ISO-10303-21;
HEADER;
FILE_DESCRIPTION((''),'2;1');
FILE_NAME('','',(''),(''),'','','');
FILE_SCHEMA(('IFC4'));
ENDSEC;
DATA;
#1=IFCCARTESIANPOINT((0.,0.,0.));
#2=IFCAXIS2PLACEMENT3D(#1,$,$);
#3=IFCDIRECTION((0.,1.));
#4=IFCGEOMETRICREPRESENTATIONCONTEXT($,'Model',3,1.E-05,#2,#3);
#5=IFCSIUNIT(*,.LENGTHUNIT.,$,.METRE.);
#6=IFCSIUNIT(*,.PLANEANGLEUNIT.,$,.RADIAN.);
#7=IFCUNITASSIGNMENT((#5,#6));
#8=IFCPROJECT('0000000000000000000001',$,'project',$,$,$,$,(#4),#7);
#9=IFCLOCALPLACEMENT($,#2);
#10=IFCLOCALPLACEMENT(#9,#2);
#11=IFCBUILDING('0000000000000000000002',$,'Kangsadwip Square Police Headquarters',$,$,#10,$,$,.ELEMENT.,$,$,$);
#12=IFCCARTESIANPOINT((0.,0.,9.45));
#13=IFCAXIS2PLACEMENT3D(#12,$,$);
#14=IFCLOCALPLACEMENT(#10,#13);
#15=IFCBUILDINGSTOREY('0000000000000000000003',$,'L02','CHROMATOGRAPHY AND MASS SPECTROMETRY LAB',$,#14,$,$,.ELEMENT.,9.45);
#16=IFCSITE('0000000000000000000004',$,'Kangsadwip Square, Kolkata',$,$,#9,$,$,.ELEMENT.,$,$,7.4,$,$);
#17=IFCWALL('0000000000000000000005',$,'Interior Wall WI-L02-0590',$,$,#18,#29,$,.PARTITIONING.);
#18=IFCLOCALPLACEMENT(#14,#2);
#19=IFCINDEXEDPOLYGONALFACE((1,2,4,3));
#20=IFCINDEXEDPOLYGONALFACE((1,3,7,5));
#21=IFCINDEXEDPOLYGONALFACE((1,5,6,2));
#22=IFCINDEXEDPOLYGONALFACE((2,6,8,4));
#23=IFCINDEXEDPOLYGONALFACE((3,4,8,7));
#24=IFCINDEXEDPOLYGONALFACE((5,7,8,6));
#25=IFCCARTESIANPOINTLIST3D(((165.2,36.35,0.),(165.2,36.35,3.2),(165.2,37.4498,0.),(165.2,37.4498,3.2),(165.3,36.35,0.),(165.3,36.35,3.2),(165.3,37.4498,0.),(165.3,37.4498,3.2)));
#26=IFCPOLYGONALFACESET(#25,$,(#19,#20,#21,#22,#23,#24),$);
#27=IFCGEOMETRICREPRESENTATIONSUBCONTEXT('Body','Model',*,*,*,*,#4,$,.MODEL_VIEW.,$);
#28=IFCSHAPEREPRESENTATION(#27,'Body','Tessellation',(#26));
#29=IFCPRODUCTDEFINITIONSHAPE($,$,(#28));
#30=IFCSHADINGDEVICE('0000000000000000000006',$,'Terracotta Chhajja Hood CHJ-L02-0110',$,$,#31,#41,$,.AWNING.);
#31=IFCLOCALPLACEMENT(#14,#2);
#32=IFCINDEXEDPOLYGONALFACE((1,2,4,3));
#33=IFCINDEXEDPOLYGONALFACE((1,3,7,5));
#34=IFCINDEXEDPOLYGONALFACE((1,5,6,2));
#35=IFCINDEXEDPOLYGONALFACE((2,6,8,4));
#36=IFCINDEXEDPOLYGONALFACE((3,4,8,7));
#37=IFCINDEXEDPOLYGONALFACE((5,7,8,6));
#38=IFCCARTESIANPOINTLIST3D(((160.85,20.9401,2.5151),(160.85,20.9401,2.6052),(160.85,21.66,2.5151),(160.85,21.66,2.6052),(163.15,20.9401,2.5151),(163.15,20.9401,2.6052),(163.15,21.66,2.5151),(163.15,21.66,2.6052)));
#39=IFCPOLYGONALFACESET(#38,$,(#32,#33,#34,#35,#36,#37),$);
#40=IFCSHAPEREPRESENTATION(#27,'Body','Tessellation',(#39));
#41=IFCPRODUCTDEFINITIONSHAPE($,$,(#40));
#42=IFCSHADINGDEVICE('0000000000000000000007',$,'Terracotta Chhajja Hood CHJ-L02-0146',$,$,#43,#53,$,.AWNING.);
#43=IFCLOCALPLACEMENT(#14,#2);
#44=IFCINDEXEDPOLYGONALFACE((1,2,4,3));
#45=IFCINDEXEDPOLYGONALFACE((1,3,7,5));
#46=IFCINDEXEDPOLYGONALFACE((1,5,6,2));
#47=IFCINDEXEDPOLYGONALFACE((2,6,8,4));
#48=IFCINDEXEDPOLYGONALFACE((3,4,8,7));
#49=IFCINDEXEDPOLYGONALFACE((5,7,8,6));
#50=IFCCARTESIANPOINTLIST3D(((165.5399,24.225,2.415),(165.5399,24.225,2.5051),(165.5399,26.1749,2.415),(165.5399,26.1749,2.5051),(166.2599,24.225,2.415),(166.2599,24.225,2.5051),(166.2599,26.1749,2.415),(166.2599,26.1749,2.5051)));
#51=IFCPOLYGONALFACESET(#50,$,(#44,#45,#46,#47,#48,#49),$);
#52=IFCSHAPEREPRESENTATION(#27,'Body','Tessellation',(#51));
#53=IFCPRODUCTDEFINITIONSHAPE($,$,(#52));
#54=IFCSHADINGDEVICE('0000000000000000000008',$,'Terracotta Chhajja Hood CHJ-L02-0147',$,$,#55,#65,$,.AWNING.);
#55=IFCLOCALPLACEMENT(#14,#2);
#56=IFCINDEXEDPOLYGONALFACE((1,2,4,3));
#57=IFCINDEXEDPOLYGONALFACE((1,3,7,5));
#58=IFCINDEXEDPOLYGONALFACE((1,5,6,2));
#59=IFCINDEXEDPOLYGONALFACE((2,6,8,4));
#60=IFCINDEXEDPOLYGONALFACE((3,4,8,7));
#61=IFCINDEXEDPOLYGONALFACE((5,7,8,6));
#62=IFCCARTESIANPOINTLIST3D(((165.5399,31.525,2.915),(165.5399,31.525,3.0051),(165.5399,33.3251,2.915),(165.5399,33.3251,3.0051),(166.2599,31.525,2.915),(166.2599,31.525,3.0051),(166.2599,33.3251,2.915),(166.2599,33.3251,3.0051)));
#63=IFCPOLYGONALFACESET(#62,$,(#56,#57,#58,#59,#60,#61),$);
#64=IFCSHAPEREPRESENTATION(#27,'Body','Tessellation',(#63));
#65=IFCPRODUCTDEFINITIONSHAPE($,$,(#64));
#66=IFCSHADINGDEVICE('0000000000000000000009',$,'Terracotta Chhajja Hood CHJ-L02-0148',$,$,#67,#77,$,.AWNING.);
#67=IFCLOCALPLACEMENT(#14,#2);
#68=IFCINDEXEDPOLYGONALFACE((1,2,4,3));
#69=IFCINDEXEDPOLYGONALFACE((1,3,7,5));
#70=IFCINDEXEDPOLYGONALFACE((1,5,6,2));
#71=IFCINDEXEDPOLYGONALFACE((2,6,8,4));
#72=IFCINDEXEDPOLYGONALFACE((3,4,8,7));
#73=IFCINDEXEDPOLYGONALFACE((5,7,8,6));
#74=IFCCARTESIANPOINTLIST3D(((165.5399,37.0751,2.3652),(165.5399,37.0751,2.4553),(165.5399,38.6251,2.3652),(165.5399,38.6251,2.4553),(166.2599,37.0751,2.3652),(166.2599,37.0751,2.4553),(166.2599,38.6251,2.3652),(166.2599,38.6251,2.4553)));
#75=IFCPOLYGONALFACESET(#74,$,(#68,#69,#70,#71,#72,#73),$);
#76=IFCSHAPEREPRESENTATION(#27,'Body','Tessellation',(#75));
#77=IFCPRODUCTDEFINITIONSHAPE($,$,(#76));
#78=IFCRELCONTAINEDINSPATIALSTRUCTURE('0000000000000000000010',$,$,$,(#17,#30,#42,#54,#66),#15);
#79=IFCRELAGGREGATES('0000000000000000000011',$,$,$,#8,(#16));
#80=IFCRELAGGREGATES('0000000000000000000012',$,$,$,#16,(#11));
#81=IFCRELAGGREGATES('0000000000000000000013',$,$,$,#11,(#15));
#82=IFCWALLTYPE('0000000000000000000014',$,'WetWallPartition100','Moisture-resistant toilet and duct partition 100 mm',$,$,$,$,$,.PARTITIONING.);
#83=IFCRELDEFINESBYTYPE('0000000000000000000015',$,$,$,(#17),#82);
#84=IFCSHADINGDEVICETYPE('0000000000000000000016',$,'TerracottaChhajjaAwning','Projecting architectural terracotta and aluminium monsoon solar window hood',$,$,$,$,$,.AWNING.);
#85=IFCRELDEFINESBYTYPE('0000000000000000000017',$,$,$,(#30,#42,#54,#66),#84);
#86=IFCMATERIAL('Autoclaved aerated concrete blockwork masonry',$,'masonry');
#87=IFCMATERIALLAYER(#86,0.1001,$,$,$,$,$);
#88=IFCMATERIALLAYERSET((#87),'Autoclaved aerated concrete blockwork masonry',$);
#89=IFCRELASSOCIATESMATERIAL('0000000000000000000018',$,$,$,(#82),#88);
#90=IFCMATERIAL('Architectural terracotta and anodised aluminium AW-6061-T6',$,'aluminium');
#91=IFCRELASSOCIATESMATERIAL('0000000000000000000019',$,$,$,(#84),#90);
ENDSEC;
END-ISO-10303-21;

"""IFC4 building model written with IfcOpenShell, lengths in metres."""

from ifc_helpers import new_model, si_unit, direction, frame, frame_2d, origin, origin_2d, place, context, subcontext, project, spatial, rectangle, extrude, material, layer, layer_set, type_object, element, save


model = new_model("IFC4")

# Units and contexts
model_context = context("Model", 3, precision=1e-05, world=origin(), true_north=direction((0.0, 1.0)))
body_context = subcontext(model_context, "Body", "Model", "MODEL_VIEW")
ifc_project = project(units=[si_unit("LENGTHUNIT", "METRE"), si_unit("PLANEANGLEUNIT", "RADIAN")], contexts=[model_context])

# Site, building, storey
site_placement = place(None, origin())
site = spatial("IfcSite", under=ifc_project, at=site_placement, Name="Kangsadwip Square, Kolkata", CompositionType="ELEMENT", RefElevation=7.4)
building_placement = place(site_placement, origin())
building = spatial("IfcBuilding", under=site, at=building_placement, Name="Kangsadwip Square Police Headquarters", CompositionType="ELEMENT")
storey_placement = place(building_placement, frame((0.0, 0.0, 9.45)))
storey = spatial("IfcBuildingStorey", under=building, at=storey_placement, Name="L02", Description="CHROMATOGRAPHY AND MASS SPECTROMETRY LAB", CompositionType="ELEMENT", Elevation=9.45)

# Wall
ifc_material_1 = material(Name="Autoclaved aerated concrete blockwork masonry", Category="masonry")
ifc_layer_1 = layer(ifc_material_1, 0.1001)
ifc_layer_set_1 = layer_set([ifc_layer_1], Name="Autoclaved aerated concrete blockwork masonry")
wall_type_1 = type_object("IfcWallType", Name="WetWallPartition100", Description="Moisture-resistant toilet and duct partition 100 mm", PredefinedType="PARTITIONING", material=ifc_layer_set_1)
wall_1_placement = place(storey_placement, frame((165.25, 36.3501, 0.0), z_axis=(0.0, 0.0, 1.0), x_axis=(0.0, 1.0, 0.0)))
element("IfcWall", 1, at=wall_1_placement, inside=storey, type_object=wall_type_1, Name="Interior Wall WI-L02-0590", PredefinedType="PARTITIONING", context=body_context, shape_type="SweptSolid", body=[
    extrude(rectangle(XDim=1.0999, YDim=0.1001, at=frame_2d((0.5498, 0.0))), origin(), (0.0, 0.0, 1.0), 3.2),
])

# Shading devices
ifc_material_2 = material(Name="Architectural terracotta and anodised aluminium AW-6061-T6", Category="aluminium")
shading_device_type = type_object("IfcShadingDeviceType", Name="TerracottaChhajjaAwning", Description="Projecting architectural terracotta and aluminium monsoon solar window hood", PredefinedType="AWNING", material=ifc_material_2)
shading_device_1_placement = place(storey_placement, frame((162.0, 21.3, 2.5151), z_axis=(0.0, 0.0, 1.0), x_axis=(1.0, 0.0, 0.0)))
element("IfcShadingDevice", 2, at=shading_device_1_placement, inside=storey, type_object=shading_device_type, Name="Terracotta Chhajja Hood CHJ-L02-0110", PredefinedType="AWNING", context=body_context, shape_type="SweptSolid", body=[
    extrude(rectangle(XDim=2.3, YDim=0.72, at=origin_2d()), origin(), (0.0, 0.0, 1.0), 0.0901),
])
shading_device_2_placement = place(storey_placement, frame((165.8999, 25.2, 2.415), z_axis=(0.0, 0.0, 1.0), x_axis=(0.0, 1.0, 0.0)))
element("IfcShadingDevice", 3, at=shading_device_2_placement, inside=storey, type_object=shading_device_type, Name="Terracotta Chhajja Hood CHJ-L02-0146", PredefinedType="AWNING", context=body_context, shape_type="SweptSolid", body=[
    extrude(rectangle(XDim=1.95, YDim=0.72, at=origin_2d()), origin(), (0.0, 0.0, 1.0), 0.0901),
])
shading_device_3_placement = place(storey_placement, frame((165.8999, 32.425, 2.915), z_axis=(0.0, 0.0, 1.0), x_axis=(0.0, 1.0, 0.0)))
element("IfcShadingDevice", 4, at=shading_device_3_placement, inside=storey, type_object=shading_device_type, Name="Terracotta Chhajja Hood CHJ-L02-0147", PredefinedType="AWNING", context=body_context, shape_type="SweptSolid", body=[
    extrude(rectangle(XDim=1.8, YDim=0.72, at=origin_2d()), origin(), (0.0, 0.0, 1.0), 0.0901),
])
shading_device_4_placement = place(storey_placement, frame((165.8999, 37.8501, 2.3652), z_axis=(0.0, 0.0, 1.0), x_axis=(0.0, 1.0, 0.0)))
element("IfcShadingDevice", 5, at=shading_device_4_placement, inside=storey, type_object=shading_device_type, Name="Terracotta Chhajja Hood CHJ-L02-0148", PredefinedType="AWNING", context=body_context, shape_type="SweptSolid", body=[
    extrude(rectangle(XDim=1.55, YDim=0.72, at=origin_2d()), origin(), (0.0, 0.0, 1.0), 0.0901),
])

save(model, "model.ifc")
